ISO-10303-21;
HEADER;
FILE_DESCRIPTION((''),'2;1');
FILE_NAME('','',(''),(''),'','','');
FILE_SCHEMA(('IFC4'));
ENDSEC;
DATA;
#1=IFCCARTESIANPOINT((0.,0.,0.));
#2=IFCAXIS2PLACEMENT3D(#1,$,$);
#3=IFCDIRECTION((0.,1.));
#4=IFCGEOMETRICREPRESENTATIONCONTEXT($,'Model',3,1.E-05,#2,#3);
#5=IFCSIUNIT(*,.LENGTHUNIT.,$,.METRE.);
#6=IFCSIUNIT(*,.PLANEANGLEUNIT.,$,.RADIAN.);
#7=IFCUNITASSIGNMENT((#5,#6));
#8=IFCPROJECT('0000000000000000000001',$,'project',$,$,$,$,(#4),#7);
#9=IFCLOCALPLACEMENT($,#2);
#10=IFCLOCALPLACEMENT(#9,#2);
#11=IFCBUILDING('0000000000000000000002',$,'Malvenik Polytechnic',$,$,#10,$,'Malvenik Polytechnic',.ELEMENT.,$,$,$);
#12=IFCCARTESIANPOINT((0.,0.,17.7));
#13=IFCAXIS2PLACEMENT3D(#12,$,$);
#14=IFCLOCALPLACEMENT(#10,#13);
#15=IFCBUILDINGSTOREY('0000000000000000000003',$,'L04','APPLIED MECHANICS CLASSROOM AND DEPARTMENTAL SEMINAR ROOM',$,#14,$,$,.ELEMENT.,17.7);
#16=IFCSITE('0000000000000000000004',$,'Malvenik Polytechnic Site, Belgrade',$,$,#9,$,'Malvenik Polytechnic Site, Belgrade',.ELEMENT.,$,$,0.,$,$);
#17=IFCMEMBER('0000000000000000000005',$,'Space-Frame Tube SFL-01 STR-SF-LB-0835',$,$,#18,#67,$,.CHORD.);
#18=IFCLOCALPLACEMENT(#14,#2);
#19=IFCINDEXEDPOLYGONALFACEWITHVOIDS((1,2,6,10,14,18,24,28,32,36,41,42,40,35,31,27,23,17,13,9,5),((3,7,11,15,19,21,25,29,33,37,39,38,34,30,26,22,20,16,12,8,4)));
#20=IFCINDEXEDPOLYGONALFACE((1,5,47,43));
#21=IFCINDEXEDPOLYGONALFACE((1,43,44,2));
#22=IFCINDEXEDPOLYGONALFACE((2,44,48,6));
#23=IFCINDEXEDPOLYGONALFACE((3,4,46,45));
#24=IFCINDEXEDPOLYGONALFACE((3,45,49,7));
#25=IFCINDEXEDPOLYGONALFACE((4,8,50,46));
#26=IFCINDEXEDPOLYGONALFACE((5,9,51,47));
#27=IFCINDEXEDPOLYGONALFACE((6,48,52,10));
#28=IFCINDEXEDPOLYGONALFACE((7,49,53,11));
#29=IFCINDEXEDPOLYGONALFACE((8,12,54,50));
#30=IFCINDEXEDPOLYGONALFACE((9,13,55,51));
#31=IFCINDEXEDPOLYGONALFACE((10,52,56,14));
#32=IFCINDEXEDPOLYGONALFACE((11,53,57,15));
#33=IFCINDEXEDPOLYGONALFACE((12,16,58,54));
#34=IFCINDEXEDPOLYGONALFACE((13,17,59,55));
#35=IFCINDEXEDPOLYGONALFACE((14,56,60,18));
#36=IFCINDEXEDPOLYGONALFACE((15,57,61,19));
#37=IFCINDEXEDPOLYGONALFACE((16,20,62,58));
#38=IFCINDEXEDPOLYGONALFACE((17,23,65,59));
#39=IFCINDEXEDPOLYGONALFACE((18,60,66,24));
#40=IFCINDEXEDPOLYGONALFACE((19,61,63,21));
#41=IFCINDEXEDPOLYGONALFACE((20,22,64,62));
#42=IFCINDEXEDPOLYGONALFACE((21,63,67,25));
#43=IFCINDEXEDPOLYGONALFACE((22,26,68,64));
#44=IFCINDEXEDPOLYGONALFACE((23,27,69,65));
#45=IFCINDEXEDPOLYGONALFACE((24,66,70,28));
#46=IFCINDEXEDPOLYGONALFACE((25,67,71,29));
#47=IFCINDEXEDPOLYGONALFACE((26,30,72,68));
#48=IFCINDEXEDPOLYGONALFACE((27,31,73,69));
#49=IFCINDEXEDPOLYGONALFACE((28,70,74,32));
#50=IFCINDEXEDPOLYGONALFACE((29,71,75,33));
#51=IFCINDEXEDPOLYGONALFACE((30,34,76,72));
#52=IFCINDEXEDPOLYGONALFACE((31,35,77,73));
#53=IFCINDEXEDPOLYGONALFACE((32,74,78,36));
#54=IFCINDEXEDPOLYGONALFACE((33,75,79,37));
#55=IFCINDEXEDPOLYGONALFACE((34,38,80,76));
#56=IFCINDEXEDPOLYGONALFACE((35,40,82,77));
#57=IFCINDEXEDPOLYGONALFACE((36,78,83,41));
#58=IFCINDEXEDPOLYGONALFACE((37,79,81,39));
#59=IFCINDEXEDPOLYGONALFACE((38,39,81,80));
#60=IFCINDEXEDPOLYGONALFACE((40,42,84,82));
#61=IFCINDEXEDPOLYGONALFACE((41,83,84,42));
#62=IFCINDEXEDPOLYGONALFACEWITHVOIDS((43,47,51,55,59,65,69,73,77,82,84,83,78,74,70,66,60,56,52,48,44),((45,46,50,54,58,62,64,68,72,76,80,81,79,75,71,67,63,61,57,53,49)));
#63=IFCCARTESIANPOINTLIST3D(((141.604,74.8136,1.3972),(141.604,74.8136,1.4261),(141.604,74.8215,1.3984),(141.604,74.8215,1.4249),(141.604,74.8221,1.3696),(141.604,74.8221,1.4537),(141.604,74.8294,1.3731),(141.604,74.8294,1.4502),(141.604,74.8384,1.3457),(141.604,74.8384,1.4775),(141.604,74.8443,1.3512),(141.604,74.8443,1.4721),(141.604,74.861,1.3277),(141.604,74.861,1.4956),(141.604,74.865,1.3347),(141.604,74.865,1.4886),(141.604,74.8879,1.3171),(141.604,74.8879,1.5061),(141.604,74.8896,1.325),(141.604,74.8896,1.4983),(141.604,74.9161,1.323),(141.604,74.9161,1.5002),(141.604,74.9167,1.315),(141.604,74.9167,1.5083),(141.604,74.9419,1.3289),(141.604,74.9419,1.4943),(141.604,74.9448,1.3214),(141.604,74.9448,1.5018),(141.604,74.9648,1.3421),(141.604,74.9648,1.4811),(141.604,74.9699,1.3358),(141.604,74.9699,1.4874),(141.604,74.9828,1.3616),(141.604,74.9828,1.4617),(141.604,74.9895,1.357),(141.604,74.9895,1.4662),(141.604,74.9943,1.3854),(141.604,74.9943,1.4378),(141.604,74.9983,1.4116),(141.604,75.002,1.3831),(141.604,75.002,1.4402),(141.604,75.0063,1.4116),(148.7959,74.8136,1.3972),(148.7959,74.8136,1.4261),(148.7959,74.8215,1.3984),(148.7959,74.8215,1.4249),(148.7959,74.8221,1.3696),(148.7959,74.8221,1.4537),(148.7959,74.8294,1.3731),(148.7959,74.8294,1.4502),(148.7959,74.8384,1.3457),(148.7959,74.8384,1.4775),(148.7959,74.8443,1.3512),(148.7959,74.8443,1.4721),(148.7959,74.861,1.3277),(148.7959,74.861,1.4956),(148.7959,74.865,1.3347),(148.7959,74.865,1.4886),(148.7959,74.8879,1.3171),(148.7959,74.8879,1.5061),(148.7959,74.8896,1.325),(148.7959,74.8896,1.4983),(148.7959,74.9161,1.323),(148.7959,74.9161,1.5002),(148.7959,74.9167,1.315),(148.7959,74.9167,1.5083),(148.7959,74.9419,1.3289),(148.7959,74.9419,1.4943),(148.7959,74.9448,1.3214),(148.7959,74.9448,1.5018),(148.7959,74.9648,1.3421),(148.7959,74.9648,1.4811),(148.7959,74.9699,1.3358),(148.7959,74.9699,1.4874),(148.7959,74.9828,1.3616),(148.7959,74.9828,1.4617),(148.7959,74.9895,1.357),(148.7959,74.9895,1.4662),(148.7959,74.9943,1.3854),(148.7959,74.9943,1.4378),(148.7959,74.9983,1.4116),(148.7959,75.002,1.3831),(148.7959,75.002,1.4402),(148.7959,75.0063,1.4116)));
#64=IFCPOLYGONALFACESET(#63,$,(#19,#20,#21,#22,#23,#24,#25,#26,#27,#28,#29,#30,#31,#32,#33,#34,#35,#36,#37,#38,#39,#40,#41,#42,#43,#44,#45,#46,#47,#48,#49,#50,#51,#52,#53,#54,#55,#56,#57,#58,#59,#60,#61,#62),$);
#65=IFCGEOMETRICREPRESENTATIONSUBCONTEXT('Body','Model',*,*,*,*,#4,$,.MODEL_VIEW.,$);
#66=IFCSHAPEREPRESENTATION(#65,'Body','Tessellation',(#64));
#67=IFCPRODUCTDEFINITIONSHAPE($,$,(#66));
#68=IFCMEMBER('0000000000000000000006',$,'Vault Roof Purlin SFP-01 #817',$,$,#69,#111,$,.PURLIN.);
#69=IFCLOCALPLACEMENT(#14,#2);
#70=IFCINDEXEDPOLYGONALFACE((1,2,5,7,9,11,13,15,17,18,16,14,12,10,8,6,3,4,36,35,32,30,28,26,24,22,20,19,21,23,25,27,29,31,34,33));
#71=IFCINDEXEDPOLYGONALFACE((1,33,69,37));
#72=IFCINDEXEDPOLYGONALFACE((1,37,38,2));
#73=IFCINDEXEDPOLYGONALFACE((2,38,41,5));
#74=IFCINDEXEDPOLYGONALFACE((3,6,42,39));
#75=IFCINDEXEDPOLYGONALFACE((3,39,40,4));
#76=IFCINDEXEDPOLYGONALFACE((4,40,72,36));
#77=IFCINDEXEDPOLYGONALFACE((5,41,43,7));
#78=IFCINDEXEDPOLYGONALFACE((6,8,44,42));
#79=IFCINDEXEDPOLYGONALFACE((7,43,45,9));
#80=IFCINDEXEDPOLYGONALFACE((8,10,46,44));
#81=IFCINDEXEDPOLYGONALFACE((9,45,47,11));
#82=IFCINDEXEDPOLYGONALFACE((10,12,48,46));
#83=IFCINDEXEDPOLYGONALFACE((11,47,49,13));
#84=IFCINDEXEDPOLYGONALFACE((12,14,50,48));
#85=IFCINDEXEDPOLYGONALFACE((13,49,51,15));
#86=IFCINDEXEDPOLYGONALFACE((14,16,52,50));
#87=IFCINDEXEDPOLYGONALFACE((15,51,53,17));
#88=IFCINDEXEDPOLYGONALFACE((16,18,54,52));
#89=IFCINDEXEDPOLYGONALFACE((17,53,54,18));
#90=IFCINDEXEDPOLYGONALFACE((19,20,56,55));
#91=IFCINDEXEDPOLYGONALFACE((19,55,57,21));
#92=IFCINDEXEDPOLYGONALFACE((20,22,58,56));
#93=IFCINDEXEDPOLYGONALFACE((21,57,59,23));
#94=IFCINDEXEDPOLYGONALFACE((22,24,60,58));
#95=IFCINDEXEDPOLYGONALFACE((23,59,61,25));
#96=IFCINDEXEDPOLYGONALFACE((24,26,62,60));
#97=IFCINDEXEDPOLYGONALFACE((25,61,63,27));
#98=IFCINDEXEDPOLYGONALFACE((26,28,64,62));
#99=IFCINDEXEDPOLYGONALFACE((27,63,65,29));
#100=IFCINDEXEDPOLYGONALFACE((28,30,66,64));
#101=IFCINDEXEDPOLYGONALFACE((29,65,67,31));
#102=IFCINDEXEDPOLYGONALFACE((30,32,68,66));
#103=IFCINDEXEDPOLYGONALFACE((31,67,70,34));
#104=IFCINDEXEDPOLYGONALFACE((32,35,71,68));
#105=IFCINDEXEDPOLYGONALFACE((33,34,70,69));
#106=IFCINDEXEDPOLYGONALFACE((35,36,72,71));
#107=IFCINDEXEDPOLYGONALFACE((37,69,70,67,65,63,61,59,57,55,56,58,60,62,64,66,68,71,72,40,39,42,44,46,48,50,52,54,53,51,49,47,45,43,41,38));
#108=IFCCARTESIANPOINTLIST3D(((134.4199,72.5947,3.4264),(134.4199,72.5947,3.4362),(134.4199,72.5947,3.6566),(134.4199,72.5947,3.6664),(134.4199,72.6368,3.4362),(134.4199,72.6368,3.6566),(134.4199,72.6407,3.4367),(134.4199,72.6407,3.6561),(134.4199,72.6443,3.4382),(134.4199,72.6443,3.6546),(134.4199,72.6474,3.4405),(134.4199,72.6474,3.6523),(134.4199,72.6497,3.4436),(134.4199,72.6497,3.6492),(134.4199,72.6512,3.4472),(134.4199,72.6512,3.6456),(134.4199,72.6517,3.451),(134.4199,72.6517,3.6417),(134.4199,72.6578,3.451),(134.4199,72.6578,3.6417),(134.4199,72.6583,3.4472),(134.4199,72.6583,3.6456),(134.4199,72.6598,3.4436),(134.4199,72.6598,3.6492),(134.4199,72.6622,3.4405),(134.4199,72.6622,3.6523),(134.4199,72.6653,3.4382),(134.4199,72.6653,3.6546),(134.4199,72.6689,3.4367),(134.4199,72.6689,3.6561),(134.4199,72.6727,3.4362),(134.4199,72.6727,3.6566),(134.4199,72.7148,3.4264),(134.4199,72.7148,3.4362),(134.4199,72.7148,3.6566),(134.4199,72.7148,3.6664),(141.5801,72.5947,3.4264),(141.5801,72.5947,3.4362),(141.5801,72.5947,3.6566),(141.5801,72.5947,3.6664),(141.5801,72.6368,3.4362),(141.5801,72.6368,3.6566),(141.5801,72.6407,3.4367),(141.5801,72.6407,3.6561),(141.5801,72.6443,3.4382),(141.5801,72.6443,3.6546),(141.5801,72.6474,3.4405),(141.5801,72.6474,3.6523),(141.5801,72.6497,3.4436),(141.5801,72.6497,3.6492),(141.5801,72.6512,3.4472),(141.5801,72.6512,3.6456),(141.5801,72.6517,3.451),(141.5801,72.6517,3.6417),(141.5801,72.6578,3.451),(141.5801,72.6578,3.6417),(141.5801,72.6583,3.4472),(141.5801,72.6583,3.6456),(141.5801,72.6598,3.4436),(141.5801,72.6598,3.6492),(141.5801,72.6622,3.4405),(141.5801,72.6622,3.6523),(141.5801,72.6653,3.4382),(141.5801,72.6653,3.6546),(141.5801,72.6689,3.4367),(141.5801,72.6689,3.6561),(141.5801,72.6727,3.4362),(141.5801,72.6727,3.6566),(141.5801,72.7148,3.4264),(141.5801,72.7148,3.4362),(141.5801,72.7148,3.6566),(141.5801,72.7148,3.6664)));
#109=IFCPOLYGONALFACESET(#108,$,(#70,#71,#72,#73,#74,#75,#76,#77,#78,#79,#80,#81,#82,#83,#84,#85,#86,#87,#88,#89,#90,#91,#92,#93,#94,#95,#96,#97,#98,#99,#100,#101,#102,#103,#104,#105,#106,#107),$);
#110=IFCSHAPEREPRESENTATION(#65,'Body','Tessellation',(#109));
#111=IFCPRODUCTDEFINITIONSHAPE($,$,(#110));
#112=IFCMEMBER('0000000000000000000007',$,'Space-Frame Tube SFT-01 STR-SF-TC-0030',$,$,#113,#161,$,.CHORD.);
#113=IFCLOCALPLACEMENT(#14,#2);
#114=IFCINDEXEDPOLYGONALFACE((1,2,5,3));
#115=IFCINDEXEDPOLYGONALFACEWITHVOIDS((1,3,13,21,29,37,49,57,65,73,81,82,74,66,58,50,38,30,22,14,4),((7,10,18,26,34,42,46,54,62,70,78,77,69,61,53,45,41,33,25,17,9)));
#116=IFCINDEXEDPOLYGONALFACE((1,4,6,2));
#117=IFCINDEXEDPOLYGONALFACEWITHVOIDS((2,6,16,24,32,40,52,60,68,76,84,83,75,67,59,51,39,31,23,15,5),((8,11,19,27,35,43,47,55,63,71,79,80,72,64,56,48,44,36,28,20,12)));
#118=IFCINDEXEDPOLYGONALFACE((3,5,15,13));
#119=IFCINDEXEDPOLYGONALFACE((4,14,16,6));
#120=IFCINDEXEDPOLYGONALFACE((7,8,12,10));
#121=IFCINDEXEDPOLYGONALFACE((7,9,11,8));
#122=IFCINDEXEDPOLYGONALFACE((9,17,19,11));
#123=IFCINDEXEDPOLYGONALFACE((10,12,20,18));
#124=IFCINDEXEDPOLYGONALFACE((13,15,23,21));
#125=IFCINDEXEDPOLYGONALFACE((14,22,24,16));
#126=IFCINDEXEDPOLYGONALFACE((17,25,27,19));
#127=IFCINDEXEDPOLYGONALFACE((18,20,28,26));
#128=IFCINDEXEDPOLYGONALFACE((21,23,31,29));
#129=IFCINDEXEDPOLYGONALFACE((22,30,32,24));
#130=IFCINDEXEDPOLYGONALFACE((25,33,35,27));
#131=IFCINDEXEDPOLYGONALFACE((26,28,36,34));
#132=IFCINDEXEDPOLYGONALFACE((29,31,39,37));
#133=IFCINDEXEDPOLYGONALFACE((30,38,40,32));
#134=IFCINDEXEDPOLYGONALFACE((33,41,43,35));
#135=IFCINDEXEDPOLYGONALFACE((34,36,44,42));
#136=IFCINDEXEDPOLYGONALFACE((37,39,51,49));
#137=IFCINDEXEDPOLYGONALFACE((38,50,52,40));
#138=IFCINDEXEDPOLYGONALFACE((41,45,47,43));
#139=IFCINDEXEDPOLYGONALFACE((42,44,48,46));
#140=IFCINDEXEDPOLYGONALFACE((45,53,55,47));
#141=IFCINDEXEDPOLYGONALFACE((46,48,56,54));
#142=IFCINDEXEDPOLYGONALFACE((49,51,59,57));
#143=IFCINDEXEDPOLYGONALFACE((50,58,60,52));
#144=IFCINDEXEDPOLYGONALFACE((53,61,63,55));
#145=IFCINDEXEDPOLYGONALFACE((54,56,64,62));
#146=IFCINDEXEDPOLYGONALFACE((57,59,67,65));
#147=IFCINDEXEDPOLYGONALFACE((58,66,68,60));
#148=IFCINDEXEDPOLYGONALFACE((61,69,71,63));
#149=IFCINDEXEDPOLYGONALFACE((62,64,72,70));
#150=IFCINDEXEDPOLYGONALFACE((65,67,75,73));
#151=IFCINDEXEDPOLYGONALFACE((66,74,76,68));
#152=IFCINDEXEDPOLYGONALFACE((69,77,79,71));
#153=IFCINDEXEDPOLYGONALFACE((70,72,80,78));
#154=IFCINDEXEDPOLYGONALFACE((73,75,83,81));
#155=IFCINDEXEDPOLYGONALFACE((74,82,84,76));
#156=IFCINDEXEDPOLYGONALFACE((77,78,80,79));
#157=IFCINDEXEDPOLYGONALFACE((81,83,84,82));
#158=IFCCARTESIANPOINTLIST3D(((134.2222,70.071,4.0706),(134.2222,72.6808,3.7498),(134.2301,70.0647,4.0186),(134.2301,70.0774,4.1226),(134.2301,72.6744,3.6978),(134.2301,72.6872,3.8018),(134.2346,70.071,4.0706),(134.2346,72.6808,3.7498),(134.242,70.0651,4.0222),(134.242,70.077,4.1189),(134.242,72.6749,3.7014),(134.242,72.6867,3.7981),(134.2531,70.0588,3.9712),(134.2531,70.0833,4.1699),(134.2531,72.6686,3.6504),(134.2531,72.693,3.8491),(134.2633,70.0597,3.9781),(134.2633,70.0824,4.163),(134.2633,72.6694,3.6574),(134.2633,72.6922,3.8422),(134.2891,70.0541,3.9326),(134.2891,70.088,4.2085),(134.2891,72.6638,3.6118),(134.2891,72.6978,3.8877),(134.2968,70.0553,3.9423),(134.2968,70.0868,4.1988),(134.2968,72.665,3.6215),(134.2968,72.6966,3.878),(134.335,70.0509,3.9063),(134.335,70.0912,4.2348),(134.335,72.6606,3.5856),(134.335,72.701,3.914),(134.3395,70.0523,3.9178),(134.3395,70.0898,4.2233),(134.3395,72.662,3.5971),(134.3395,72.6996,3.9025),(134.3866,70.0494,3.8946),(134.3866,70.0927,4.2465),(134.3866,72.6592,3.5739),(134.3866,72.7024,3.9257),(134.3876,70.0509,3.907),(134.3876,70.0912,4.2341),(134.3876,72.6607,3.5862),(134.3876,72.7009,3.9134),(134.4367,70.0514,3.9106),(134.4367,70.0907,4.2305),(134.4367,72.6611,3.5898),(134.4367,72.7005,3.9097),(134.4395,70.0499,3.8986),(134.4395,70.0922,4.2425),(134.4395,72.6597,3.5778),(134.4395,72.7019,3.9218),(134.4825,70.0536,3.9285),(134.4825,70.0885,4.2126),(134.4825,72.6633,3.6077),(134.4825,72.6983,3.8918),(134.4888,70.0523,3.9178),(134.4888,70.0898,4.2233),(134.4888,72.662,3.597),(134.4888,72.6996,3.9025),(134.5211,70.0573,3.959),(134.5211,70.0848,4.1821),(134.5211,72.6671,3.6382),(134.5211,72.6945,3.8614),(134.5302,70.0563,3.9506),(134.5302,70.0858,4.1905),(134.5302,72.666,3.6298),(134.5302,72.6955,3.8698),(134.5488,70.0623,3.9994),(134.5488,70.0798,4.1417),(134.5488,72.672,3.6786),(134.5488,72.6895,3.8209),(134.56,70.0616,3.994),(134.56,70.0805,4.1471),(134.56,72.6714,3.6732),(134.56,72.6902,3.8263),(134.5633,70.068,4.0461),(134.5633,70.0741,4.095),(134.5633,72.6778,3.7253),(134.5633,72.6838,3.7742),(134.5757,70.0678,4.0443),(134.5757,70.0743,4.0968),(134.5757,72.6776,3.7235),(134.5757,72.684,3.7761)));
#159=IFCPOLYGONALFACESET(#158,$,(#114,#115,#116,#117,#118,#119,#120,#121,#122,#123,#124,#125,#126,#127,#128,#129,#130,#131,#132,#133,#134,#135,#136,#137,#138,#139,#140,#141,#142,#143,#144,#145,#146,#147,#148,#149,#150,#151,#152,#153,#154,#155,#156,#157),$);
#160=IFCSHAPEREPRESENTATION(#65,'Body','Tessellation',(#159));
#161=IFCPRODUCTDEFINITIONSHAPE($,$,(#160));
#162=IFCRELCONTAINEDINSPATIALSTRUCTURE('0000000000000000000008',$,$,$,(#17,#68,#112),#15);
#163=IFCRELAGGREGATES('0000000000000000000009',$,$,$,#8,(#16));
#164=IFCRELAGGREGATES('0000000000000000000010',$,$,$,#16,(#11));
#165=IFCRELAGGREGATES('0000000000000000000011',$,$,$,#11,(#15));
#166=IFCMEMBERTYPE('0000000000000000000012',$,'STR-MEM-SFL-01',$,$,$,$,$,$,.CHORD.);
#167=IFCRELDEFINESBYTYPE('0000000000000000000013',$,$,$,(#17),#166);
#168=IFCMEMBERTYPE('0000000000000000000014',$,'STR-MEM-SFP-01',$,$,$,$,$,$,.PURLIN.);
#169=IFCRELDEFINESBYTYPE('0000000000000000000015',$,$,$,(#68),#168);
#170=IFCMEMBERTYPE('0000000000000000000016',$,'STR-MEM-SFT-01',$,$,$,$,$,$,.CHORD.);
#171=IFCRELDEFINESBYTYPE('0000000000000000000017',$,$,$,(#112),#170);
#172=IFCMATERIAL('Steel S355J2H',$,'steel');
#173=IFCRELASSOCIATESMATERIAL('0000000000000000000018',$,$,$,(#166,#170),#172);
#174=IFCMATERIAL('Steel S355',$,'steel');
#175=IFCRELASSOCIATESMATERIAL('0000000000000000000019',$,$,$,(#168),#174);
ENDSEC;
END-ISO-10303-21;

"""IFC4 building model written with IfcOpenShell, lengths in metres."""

from ifc_helpers import new_model, si_unit, direction, frame, origin, origin_2d, place, context, subcontext, project, spatial, hollow_circle, i_section, extrude, material, material_profile, profile_set, type_object, element, save


model = new_model("IFC4")

# Units and contexts
model_context = context("Model", 3, precision=1e-05, world=origin(), true_north=direction((0.0, 1.0)))
body_context = subcontext(model_context, "Body", "Model", "MODEL_VIEW")
ifc_project = project(units=[si_unit("LENGTHUNIT", "METRE"), si_unit("PLANEANGLEUNIT", "RADIAN")], contexts=[model_context])

# Site, building, storey
site_placement = place(None, origin())
site = spatial("IfcSite", under=ifc_project, at=site_placement, Name="Malvenik Polytechnic Site, Belgrade", LongName="Malvenik Polytechnic Site, Belgrade", CompositionType="ELEMENT", RefElevation=0.0)
building_placement = place(site_placement, origin())
building = spatial("IfcBuilding", under=site, at=building_placement, Name="Malvenik Polytechnic", LongName="Malvenik Polytechnic", CompositionType="ELEMENT")
storey_placement = place(building_placement, frame((0.0, 0.0, 17.7)))
storey = spatial("IfcBuildingStorey", under=building, at=storey_placement, Name="L04", Description="APPLIED MECHANICS CLASSROOM AND DEPARTMENTAL SEMINAR ROOM", CompositionType="ELEMENT", Elevation=17.7)

# Members
ifc_material_1 = material(Name="Steel S355J2H", Category="steel")
ifc_material_profile_1 = material_profile(ifc_material_1, hollow_circle(Radius=0.0969, WallThickness=0.0081, at=origin_2d()), Name="CHS 193.7x8.0")
ifc_profile_set_1 = profile_set([ifc_material_profile_1], Name="Steel S355J2H")
member_type_1 = type_object("IfcMemberType", Name="STR-MEM-SFL-01", PredefinedType="CHORD", material=ifc_profile_set_1)
for number, where, z_axis, x_axis, name in (
    (1, (141.604, 74.9094, 1.4116), (1.0, 0.0, 0.0), (0.0, 1.0, 0.0), "Space-Frame Tube SFL-01 STR-SF-LB-0835"),
):
    element("IfcMember", number, at=place(storey_placement, frame(where, z_axis=z_axis, x_axis=x_axis)), inside=storey, type_object=member_type_1, Name=name, PredefinedType="CHORD", context=body_context, shape_type="SweptSolid", body=[
        extrude(hollow_circle(Radius=0.0969, WallThickness=0.0081, at=origin_2d()), origin(), (0.0, 0.0, 1.0), 7.1919),
    ])
ifc_material_2 = material(Name="Steel S355", Category="steel")
ifc_material_profile_2 = material_profile(ifc_material_2, i_section(OverallWidth=0.1201, OverallDepth=0.24, WebThickness=0.0061, FlangeThickness=0.0098, FilletRadius=0.0149, at=origin_2d()), Name="IPE 240")
ifc_profile_set_2 = profile_set([ifc_material_profile_2], Name="Steel S355")
member_type_2 = type_object("IfcMemberType", Name="STR-MEM-SFP-01", PredefinedType="PURLIN", material=ifc_profile_set_2)
member_1_placement = place(storey_placement, frame((134.4199, 72.6548, 3.5464), z_axis=(1.0, 0.0, 0.0), x_axis=(0.0, 1.0, 0.0)))
element("IfcMember", 2, at=member_1_placement, inside=storey, type_object=member_type_2, Name="Vault Roof Purlin SFP-01 #817", PredefinedType="PURLIN", context=body_context, shape_type="SweptSolid", body=[
    extrude(i_section(OverallWidth=0.1201, OverallDepth=0.24, WebThickness=0.0061, FlangeThickness=0.0098, FilletRadius=0.0149, at=origin_2d()), origin(), (0.0, 0.0, 1.0), 7.1602),
])
ifc_material_profile_3 = material_profile(ifc_material_1, hollow_circle(Radius=0.1777, WallThickness=0.0125, at=origin_2d()), Name="CHS 355.6x12.5")
ifc_profile_set_3 = profile_set([ifc_material_profile_3], Name="Steel S355J2H")
member_type_3 = type_object("IfcMemberType", Name="STR-MEM-SFT-01", PredefinedType="CHORD", material=ifc_profile_set_3)
for number, where, z_axis, x_axis, name in (
    (3, (134.3999, 70.071, 4.0706), (0.0, 0.99253, -0.122), (-1.0, 0.0, 0.0), "Space-Frame Tube SFT-01 STR-SF-TC-0030"),
):
    element("IfcMember", number, at=place(storey_placement, frame(where, z_axis=z_axis, x_axis=x_axis)), inside=storey, type_object=member_type_3, Name=name, PredefinedType="CHORD", context=body_context, shape_type="SweptSolid", body=[
        extrude(hollow_circle(Radius=0.1777, WallThickness=0.0125, at=origin_2d()), origin(), (0.0, 0.0, 1.0), 2.6294),
    ])

save(model, "model.ifc")
